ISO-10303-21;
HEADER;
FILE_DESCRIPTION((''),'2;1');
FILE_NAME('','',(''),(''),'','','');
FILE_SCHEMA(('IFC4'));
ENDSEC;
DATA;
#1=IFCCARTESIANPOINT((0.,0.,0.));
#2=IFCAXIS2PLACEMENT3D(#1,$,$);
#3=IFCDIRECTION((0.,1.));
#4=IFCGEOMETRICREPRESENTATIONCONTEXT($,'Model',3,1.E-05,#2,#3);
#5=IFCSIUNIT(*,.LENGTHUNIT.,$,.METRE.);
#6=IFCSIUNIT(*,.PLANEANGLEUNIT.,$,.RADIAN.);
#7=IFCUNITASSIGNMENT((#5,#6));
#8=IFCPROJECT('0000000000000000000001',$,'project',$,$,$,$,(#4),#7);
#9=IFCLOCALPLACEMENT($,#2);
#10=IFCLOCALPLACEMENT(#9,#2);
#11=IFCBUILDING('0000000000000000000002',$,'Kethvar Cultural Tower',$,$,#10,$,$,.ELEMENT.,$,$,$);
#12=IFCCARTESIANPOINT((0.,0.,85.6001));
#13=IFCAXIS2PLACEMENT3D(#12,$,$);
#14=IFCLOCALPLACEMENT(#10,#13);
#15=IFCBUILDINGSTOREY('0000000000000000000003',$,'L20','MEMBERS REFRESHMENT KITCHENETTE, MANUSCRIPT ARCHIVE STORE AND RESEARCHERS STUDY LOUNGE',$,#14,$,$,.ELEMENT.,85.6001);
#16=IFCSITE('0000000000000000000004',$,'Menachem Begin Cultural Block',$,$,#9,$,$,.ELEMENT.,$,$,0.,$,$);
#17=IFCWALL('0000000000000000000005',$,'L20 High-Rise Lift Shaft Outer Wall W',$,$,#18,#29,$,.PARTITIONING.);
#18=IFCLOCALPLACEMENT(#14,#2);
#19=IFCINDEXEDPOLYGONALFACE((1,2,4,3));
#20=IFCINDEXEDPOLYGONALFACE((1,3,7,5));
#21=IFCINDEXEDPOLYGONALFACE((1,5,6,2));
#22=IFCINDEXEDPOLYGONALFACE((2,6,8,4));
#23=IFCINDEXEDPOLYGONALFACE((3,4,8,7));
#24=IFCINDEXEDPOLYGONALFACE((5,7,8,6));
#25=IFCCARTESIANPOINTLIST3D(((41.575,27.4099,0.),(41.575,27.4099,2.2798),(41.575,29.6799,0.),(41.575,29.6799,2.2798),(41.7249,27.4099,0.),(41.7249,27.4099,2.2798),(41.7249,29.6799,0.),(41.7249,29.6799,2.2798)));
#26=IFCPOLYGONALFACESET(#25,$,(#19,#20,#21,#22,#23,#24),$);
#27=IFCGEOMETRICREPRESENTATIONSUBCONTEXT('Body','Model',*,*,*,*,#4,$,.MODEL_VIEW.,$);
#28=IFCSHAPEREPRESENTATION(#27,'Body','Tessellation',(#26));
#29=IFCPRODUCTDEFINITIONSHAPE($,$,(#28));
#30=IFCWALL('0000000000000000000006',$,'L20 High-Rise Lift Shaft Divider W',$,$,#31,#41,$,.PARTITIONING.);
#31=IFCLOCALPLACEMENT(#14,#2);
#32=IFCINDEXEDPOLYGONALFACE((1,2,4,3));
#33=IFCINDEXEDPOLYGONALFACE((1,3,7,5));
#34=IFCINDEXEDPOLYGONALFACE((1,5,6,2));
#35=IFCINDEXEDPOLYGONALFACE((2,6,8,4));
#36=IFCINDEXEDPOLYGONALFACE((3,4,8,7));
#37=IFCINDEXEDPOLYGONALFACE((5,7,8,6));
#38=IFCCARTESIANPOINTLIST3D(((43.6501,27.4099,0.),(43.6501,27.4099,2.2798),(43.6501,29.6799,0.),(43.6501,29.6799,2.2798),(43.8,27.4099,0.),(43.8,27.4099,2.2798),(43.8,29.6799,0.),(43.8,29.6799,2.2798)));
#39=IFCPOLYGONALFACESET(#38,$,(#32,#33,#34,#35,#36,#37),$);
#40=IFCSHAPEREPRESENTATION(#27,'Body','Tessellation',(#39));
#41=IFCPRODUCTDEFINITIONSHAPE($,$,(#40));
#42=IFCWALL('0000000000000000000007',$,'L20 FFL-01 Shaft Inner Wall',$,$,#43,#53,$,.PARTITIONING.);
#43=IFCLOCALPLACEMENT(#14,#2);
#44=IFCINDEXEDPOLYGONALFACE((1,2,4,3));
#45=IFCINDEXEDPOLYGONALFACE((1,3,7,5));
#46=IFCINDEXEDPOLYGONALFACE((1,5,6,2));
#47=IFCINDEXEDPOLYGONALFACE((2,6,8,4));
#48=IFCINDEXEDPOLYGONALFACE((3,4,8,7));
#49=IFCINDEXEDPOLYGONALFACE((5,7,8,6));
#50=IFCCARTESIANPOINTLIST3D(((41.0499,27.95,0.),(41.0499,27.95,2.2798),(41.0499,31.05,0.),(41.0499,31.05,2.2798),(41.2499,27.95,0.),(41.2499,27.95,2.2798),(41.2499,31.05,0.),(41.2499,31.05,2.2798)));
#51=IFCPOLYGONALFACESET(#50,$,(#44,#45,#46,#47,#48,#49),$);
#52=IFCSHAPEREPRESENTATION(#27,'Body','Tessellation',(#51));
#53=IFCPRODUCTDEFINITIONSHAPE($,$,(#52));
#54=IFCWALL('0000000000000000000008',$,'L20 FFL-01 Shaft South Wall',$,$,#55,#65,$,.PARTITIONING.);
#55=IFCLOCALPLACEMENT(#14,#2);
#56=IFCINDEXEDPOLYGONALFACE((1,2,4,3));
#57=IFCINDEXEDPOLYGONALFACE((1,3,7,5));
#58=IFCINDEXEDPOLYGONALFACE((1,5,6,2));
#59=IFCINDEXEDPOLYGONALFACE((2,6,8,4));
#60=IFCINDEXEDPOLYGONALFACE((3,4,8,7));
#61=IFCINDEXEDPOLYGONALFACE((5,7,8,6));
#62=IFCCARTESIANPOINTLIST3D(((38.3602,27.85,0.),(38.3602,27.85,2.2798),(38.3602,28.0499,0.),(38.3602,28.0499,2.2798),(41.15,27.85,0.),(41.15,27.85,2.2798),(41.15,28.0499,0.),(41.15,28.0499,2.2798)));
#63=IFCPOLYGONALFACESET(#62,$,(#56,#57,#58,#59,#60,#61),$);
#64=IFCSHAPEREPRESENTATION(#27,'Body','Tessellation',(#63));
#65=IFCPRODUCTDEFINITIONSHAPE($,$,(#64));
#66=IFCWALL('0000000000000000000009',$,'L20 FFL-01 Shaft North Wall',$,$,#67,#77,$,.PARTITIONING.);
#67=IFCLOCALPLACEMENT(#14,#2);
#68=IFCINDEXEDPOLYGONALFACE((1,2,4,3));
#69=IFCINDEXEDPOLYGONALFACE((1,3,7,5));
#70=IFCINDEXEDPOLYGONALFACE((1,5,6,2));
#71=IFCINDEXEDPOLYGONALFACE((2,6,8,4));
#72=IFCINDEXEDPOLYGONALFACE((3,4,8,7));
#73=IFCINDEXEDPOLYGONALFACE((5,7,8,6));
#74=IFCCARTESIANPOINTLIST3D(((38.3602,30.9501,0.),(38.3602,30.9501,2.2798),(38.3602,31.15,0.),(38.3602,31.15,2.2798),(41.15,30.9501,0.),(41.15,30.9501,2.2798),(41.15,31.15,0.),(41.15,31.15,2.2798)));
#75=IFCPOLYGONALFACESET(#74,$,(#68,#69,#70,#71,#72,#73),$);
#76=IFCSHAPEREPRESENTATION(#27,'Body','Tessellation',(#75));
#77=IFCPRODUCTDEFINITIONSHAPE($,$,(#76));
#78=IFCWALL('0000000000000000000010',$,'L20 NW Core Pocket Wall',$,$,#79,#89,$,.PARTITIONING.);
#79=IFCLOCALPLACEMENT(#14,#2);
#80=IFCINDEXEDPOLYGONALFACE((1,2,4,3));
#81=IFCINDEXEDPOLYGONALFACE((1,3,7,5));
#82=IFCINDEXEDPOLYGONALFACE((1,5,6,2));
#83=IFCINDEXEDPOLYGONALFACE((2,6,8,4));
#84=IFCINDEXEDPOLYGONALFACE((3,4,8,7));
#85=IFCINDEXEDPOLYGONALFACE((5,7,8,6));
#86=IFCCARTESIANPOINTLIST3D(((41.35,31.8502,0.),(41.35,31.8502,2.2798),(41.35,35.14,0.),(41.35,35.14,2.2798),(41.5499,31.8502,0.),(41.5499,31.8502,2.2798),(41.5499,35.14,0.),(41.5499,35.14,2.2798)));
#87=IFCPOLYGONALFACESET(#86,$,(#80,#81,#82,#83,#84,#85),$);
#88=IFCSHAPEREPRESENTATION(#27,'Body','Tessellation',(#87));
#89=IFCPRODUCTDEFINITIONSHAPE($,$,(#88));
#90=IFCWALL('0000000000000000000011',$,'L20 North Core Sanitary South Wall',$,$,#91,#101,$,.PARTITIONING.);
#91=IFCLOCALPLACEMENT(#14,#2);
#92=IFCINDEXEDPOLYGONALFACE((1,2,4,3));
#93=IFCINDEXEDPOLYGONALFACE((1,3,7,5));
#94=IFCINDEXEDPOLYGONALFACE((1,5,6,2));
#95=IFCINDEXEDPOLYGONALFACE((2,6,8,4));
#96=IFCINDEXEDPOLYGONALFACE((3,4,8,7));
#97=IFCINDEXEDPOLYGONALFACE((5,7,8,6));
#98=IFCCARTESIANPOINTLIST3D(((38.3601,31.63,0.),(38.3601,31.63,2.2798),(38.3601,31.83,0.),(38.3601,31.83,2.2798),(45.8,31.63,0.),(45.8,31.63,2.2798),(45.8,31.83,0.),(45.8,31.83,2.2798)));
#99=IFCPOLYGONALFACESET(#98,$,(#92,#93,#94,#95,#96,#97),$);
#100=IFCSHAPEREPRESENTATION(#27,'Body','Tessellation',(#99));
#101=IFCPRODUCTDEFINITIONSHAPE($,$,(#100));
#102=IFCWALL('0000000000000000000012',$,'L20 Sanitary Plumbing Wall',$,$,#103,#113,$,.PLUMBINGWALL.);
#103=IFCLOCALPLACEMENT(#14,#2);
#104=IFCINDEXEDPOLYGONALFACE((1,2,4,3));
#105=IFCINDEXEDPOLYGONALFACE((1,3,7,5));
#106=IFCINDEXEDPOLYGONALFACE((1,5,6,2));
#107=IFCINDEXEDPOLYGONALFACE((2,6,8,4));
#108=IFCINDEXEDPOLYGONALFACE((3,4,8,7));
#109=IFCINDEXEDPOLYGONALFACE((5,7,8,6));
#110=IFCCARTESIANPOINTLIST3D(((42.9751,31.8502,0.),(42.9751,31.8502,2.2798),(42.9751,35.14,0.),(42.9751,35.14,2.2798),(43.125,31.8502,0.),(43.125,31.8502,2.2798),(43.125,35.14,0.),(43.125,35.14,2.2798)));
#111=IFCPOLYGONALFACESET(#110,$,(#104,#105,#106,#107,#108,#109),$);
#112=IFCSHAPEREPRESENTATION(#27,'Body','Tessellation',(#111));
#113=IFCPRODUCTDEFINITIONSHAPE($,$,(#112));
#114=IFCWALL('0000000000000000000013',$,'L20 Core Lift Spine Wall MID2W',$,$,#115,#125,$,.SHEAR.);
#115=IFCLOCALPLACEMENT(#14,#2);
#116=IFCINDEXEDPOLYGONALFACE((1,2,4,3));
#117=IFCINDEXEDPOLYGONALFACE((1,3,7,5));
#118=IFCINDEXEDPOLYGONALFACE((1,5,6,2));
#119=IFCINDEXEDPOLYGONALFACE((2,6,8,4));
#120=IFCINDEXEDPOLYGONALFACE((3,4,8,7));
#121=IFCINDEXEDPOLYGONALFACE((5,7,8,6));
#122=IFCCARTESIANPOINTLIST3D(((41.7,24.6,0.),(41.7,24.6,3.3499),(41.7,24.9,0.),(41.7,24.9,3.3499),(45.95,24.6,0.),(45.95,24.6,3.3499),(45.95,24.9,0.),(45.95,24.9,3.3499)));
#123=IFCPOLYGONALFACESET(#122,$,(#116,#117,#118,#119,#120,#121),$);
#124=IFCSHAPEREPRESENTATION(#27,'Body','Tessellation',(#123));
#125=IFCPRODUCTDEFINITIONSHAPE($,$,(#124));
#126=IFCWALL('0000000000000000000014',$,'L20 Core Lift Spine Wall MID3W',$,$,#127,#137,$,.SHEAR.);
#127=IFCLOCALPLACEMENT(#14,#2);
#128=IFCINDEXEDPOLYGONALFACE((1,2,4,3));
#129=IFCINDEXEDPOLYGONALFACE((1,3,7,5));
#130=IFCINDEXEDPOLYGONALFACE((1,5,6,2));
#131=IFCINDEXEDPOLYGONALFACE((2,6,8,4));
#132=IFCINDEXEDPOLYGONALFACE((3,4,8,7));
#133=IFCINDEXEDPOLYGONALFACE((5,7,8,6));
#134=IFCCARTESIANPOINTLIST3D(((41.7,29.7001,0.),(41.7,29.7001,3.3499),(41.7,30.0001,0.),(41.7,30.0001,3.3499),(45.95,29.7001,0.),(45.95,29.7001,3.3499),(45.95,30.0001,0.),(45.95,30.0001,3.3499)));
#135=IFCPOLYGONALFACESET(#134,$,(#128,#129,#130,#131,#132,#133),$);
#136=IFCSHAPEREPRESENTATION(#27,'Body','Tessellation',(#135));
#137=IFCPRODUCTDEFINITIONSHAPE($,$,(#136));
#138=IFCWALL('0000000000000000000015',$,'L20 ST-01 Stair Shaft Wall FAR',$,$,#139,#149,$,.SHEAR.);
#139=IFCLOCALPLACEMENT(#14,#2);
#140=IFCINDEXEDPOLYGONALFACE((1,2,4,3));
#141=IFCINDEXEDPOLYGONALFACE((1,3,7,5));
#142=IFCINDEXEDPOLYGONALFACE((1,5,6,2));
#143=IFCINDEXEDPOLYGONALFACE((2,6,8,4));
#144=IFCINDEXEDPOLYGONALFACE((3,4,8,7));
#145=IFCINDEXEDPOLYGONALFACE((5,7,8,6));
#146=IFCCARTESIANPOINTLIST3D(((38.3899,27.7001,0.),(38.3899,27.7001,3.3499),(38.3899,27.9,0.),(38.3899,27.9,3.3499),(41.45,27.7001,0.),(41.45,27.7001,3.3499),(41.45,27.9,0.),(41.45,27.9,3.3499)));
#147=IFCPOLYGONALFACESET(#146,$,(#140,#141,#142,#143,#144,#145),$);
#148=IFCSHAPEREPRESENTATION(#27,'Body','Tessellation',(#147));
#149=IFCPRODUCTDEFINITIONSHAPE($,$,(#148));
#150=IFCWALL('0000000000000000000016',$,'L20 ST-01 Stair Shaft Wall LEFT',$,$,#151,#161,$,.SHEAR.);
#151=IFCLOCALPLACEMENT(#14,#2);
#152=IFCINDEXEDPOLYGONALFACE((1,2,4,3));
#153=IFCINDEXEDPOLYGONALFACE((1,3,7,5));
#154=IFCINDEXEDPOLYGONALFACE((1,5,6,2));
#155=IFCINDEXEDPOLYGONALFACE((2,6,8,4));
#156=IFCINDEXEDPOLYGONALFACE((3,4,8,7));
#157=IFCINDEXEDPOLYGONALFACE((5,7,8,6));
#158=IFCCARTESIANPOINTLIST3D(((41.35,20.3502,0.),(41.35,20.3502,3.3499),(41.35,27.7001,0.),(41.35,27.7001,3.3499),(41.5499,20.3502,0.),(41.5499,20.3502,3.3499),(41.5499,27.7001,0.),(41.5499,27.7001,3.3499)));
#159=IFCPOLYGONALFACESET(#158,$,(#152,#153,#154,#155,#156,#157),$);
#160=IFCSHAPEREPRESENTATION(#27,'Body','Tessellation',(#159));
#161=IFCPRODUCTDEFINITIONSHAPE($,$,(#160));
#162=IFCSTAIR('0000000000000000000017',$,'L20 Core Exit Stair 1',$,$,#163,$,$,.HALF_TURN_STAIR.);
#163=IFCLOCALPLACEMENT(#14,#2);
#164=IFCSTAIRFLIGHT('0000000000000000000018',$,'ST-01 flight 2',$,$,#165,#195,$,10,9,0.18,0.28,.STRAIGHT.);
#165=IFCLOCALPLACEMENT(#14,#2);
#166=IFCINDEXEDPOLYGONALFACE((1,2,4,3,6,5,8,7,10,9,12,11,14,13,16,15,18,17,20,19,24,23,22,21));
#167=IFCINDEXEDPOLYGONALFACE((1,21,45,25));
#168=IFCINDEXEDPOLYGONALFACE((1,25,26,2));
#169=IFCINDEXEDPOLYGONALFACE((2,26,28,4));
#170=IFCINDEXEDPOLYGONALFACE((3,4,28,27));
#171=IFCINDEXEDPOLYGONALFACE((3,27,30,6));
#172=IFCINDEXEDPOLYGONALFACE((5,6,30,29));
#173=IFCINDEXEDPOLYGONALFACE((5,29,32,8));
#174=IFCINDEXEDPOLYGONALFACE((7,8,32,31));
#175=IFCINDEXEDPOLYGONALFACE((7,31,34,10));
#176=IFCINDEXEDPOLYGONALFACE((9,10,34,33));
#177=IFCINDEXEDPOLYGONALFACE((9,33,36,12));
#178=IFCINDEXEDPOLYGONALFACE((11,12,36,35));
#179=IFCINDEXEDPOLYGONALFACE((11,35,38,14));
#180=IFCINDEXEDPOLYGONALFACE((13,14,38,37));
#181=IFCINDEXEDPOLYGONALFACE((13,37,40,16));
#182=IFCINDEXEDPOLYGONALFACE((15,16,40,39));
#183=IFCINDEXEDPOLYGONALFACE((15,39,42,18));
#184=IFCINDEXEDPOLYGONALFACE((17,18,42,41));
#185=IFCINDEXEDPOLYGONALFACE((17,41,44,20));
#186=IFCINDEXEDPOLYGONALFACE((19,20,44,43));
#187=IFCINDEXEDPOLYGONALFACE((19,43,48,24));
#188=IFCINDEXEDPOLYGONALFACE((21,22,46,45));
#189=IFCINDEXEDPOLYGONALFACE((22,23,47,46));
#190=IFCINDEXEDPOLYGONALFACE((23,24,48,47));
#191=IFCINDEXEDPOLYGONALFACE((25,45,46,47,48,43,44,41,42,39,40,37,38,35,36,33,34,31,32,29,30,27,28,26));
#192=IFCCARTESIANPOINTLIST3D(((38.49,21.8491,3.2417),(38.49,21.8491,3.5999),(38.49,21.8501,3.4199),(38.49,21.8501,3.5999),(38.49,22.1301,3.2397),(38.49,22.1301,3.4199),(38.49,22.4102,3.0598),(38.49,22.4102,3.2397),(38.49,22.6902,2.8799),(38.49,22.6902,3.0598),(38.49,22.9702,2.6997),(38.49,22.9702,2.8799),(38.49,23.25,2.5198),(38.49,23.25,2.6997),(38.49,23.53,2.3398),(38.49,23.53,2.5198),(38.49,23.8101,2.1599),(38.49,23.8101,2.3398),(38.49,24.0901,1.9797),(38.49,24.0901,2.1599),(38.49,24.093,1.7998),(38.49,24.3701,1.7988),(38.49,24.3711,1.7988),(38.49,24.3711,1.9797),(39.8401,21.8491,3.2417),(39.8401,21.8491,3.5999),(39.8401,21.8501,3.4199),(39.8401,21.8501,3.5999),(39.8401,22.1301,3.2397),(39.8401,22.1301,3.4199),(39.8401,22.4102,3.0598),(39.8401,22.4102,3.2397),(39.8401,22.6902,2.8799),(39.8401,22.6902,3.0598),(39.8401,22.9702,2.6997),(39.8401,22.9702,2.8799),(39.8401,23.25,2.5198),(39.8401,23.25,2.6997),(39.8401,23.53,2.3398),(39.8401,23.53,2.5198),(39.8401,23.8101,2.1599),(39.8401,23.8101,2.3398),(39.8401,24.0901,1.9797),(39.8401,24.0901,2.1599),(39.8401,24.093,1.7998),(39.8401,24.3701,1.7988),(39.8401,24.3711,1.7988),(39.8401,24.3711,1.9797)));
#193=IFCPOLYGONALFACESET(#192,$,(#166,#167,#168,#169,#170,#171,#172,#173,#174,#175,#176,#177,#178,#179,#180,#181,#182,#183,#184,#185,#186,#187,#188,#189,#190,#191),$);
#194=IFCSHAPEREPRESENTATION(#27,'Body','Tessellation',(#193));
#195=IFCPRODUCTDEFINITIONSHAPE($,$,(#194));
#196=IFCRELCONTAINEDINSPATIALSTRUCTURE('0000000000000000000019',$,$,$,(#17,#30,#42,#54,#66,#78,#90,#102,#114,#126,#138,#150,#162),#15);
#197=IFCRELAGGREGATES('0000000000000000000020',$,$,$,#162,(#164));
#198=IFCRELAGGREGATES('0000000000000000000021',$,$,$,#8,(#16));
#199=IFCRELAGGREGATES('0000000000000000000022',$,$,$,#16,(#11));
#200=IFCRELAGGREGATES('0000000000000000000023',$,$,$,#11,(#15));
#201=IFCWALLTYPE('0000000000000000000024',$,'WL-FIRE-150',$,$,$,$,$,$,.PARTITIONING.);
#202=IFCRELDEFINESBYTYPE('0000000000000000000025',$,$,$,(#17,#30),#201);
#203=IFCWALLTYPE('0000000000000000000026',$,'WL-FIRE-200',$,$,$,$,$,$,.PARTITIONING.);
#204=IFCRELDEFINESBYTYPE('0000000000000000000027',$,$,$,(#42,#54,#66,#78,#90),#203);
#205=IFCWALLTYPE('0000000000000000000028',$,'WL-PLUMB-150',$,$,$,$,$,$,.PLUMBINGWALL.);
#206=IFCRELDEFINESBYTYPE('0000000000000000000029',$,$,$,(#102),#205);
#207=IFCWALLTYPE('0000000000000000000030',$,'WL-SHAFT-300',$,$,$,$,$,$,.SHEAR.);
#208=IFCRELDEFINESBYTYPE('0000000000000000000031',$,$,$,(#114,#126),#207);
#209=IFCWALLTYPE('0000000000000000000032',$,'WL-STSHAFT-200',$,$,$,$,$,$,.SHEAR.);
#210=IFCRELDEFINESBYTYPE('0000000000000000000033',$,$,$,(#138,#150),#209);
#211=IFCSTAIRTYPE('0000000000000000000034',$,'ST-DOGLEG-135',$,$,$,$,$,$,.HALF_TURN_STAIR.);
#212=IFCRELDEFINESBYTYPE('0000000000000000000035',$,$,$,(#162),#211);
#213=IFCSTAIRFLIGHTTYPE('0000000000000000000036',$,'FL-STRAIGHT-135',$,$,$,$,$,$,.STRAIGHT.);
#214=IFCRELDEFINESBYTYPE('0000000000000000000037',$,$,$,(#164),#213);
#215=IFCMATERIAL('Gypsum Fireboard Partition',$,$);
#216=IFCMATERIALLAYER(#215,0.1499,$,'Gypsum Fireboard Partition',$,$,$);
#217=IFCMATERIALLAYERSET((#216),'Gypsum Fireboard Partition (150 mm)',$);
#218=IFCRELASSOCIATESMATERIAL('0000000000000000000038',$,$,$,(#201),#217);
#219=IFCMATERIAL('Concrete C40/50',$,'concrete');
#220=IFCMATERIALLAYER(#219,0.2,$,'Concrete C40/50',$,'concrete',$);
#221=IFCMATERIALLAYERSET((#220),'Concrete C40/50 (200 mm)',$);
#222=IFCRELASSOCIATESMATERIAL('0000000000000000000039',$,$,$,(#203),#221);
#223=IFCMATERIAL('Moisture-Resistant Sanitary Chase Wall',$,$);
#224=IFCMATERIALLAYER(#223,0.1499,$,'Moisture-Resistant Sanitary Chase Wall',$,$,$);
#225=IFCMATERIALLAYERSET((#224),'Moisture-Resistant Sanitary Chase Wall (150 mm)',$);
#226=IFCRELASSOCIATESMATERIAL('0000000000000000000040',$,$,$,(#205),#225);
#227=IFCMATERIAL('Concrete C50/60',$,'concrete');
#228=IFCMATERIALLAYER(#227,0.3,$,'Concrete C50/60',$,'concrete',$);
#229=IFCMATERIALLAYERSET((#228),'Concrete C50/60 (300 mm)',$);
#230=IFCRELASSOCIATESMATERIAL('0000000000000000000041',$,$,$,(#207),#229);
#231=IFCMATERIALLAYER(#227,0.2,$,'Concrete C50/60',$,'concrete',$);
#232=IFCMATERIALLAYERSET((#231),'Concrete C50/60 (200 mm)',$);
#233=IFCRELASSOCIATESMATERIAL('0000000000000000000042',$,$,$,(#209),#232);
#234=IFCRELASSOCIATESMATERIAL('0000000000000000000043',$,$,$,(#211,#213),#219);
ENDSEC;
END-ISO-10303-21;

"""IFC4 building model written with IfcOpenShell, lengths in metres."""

from ifc_helpers import new_model, si_unit, direction, frame, frame_2d, origin, place, context, subcontext, project, spatial, polyline, rectangle, outline, extrude, material, layer, layer_set, type_object, element, aggregate, save


model = new_model("IFC4")

# Units and contexts
model_context = context("Model", 3, precision=1e-05, world=origin(), true_north=direction((0.0, 1.0)))
body_context = subcontext(model_context, "Body", "Model", "MODEL_VIEW")
ifc_project = project(units=[si_unit("LENGTHUNIT", "METRE"), si_unit("PLANEANGLEUNIT", "RADIAN")], contexts=[model_context])

# Site, building, storey
site_placement = place(None, origin())
site = spatial("IfcSite", under=ifc_project, at=site_placement, Name="Menachem Begin Cultural Block", CompositionType="ELEMENT", RefElevation=0.0)
building_placement = place(site_placement, origin())
building = spatial("IfcBuilding", under=site, at=building_placement, Name="Kethvar Cultural Tower", CompositionType="ELEMENT")
storey_placement = place(building_placement, frame((0.0, 0.0, 85.6001)))
storey = spatial("IfcBuildingStorey", under=building, at=storey_placement, Name="L20", Description="MEMBERS REFRESHMENT KITCHENETTE, MANUSCRIPT ARCHIVE STORE AND RESEARCHERS STUDY LOUNGE", CompositionType="ELEMENT", Elevation=85.6001)

# Walls
ifc_material_1 = material(Name="Gypsum Fireboard Partition")
ifc_layer_1 = layer(ifc_material_1, 0.1499, Name="Gypsum Fireboard Partition")
ifc_layer_set_1 = layer_set([ifc_layer_1], Name="Gypsum Fireboard Partition (150 mm)")
wall_type_1 = type_object("IfcWallType", Name="WL-FIRE-150", PredefinedType="PARTITIONING", material=ifc_layer_set_1)
for number, where, z_axis, x_axis, name in (
    (1, (41.6499, 27.4099, 0.0), (0.0, 0.0, 1.0), (0.0, 1.0, 0.0), "L20 High-Rise Lift Shaft Outer Wall W"),
    (2, (43.7251, 27.4099, 0.0), (0.0, 0.0, 1.0), (0.0, 1.0, 0.0), "L20 High-Rise Lift Shaft Divider W"),
):
    element("IfcWall", number, at=place(storey_placement, frame(where, z_axis=z_axis, x_axis=x_axis)), inside=storey, type_object=wall_type_1, Name=name, PredefinedType="PARTITIONING", context=body_context, shape_type="SweptSolid", body=[
        extrude(rectangle(XDim=2.27, YDim=0.1499, at=frame_2d((1.135, 0.0))), origin(), (0.0, 0.0, 1.0), 2.2798),
    ])
ifc_material_2 = material(Name="Concrete C40/50", Category="concrete")
ifc_layer_2 = layer(ifc_material_2, 0.2, Name="Concrete C40/50", Category="concrete")
ifc_layer_set_2 = layer_set([ifc_layer_2], Name="Concrete C40/50 (200 mm)")
wall_type_2 = type_object("IfcWallType", Name="WL-FIRE-200", PredefinedType="PARTITIONING", material=ifc_layer_set_2)
wall_1_placement = place(storey_placement, frame((41.1499, 27.95, 0.0), z_axis=(0.0, 0.0, 1.0), x_axis=(0.0, 1.0, 0.0)))
element("IfcWall", 3, at=wall_1_placement, inside=storey, type_object=wall_type_2, Name="L20 FFL-01 Shaft Inner Wall", PredefinedType="PARTITIONING", context=body_context, shape_type="SweptSolid", body=[
    extrude(rectangle(XDim=3.1001, YDim=0.2, at=frame_2d((1.55, 0.0))), origin(), (0.0, 0.0, 1.0), 2.2798),
])
for number, where, z_axis, x_axis, name in (
    (4, (38.3601, 27.95, 0.0), (0.0, 0.0, 1.0), (1.0, 0.0, 0.0), "L20 FFL-01 Shaft South Wall"),
    (5, (38.3601, 31.05, 0.0), (0.0, 0.0, 1.0), (1.0, 0.0, 0.0), "L20 FFL-01 Shaft North Wall"),
):
    element("IfcWall", number, at=place(storey_placement, frame(where, z_axis=z_axis, x_axis=x_axis)), inside=storey, type_object=wall_type_2, Name=name, PredefinedType="PARTITIONING", context=body_context, shape_type="SweptSolid", body=[
        extrude(rectangle(XDim=2.7898, YDim=0.2, at=frame_2d((1.395, 0.0))), origin(), (0.0, 0.0, 1.0), 2.2798),
    ])
wall_2_placement = place(storey_placement, frame((41.45, 31.8501, 0.0), z_axis=(0.0, 0.0, 1.0), x_axis=(0.0, 1.0, 0.0)))
element("IfcWall", 6, at=wall_2_placement, inside=storey, type_object=wall_type_2, Name="L20 NW Core Pocket Wall", PredefinedType="PARTITIONING", context=body_context, shape_type="SweptSolid", body=[
    extrude(rectangle(XDim=3.2898, YDim=0.2, at=frame_2d((1.645, 0.0))), origin(), (0.0, 0.0, 1.0), 2.2798),
])
wall_3_placement = place(storey_placement, frame((38.3601, 31.73, 0.0), z_axis=(0.0, 0.0, 1.0), x_axis=(1.0, 0.0, 0.0)))
element("IfcWall", 7, at=wall_3_placement, inside=storey, type_object=wall_type_2, Name="L20 North Core Sanitary South Wall", PredefinedType="PARTITIONING", context=body_context, shape_type="SweptSolid", body=[
    extrude(rectangle(XDim=7.4399, YDim=0.2, at=frame_2d((3.72, 0.0))), origin(), (0.0, 0.0, 1.0), 2.2798),
])
ifc_material_3 = material(Name="Moisture-Resistant Sanitary Chase Wall")
ifc_layer_3 = layer(ifc_material_3, 0.1499, Name="Moisture-Resistant Sanitary Chase Wall")
ifc_layer_set_3 = layer_set([ifc_layer_3], Name="Moisture-Resistant Sanitary Chase Wall (150 mm)")
wall_type_3 = type_object("IfcWallType", Name="WL-PLUMB-150", PredefinedType="PLUMBINGWALL", material=ifc_layer_set_3)
wall_4_placement = place(storey_placement, frame((43.05, 31.8501, 0.0), z_axis=(0.0, 0.0, 1.0), x_axis=(0.0, 1.0, 0.0)))
element("IfcWall", 8, at=wall_4_placement, inside=storey, type_object=wall_type_3, Name="L20 Sanitary Plumbing Wall", PredefinedType="PLUMBINGWALL", context=body_context, shape_type="SweptSolid", body=[
    extrude(rectangle(XDim=3.2898, YDim=0.1499, at=frame_2d((1.645, 0.0))), origin(), (0.0, 0.0, 1.0), 2.2798),
])
ifc_material_4 = material(Name="Concrete C50/60", Category="concrete")
ifc_layer_4 = layer(ifc_material_4, 0.3, Name="Concrete C50/60", Category="concrete")
ifc_layer_set_4 = layer_set([ifc_layer_4], Name="Concrete C50/60 (300 mm)")
wall_type_4 = type_object("IfcWallType", Name="WL-SHAFT-300", PredefinedType="SHEAR", material=ifc_layer_set_4)
for number, where, z_axis, x_axis, name in (
    (9, (41.7, 24.75, 0.0), (0.0, 0.0, 1.0), (1.0, 0.0, 0.0), "L20 Core Lift Spine Wall MID2W"),
    (10, (41.7, 29.8501, 0.0), (0.0, 0.0, 1.0), (1.0, 0.0, 0.0), "L20 Core Lift Spine Wall MID3W"),
):
    element("IfcWall", number, at=place(storey_placement, frame(where, z_axis=z_axis, x_axis=x_axis)), inside=storey, type_object=wall_type_4, Name=name, PredefinedType="SHEAR", context=body_context, shape_type="SweptSolid", body=[
        extrude(rectangle(XDim=4.25, YDim=0.3, at=frame_2d((2.125, 0.0))), origin(), (0.0, 0.0, 1.0), 3.3499),
    ])
ifc_layer_5 = layer(ifc_material_4, 0.2, Name="Concrete C50/60", Category="concrete")
ifc_layer_set_5 = layer_set([ifc_layer_5], Name="Concrete C50/60 (200 mm)")
wall_type_5 = type_object("IfcWallType", Name="WL-STSHAFT-200", PredefinedType="SHEAR", material=ifc_layer_set_5)
wall_5_placement = place(storey_placement, frame((38.3899, 27.8, 0.0), z_axis=(0.0, 0.0, 1.0), x_axis=(1.0, 0.0, 0.0)))
element("IfcWall", 11, at=wall_5_placement, inside=storey, type_object=wall_type_5, Name="L20 ST-01 Stair Shaft Wall FAR", PredefinedType="SHEAR", context=body_context, shape_type="SweptSolid", body=[
    extrude(rectangle(XDim=3.0601, YDim=0.2, at=frame_2d((1.53, 0.0))), origin(), (0.0, 0.0, 1.0), 3.3499),
])
wall_6_placement = place(storey_placement, frame((41.45, 27.7, 0.0), z_axis=(0.0, 0.0, 1.0), x_axis=(0.0, -1.0, 0.0)))
element("IfcWall", 12, at=wall_6_placement, inside=storey, type_object=wall_type_5, Name="L20 ST-01 Stair Shaft Wall LEFT", PredefinedType="SHEAR", context=body_context, shape_type="SweptSolid", body=[
    extrude(rectangle(XDim=7.3499, YDim=0.2, at=frame_2d((3.6748, 0.0))), origin(), (0.0, 0.0, 1.0), 3.3499),
])

# Stair, stair flight
stair_type = type_object("IfcStairType", Name="ST-DOGLEG-135", PredefinedType="HALF_TURN_STAIR", material=ifc_material_2)
stair_placement = place(storey_placement, origin())
stair = element("IfcStair", 13, at=stair_placement, inside=storey, type_object=stair_type, Name="L20 Core Exit Stair 1", PredefinedType="HALF_TURN_STAIR")
stair_flight_type = type_object("IfcStairFlightType", Name="FL-STRAIGHT-135", PredefinedType="STRAIGHT", material=ifc_material_2)
stair_flight_placement = place(storey_placement, frame((39.165, 24.3701, 1.7998), z_axis=(0.0, 0.0, 1.0), x_axis=(0.0, -1.0, 0.0)))
stair_flight = element("IfcStairFlight", 14, at=stair_flight_placement, type_object=stair_flight_type, Name="ST-01 flight 2", NumberOfRisers=10, NumberOfTreads=9, PredefinedType="STRAIGHT", RiserHeight=0.18, TreadLength=0.28, context=body_context, shape_type="SweptSolid", body=[
    extrude(outline(polyline([(-0.001, -0.001), (-0.001, 0.1799), (0.28, 0.1799), (0.28, 0.3601), (0.5601, 0.3601), (0.5601, 0.54), (0.8401, 0.54), (0.8401, 0.72), (1.1201, 0.72), (1.1201, 0.8999), (1.3999, 0.8999), (1.3999, 1.0801), (1.6799, 1.0801), (1.6799, 1.26), (1.96, 1.26), (1.96, 1.4399), (2.24, 1.4399), (2.24, 1.6201), (2.52, 1.6201), (2.52, 1.8), (2.521, 1.8), (2.521, 1.4419), (0.2771, 0.0), (0.0, -0.001), (-0.001, -0.001)])), frame((0.0, 0.675, 0.0), z_axis=(0.0, -1.0, 0.0), x_axis=(1.0, 0.0, 0.0)), (0.0, 0.0, 1.0), 1.3501),
])
aggregate(stair, [stair_flight])

save(model, "model.ifc")
